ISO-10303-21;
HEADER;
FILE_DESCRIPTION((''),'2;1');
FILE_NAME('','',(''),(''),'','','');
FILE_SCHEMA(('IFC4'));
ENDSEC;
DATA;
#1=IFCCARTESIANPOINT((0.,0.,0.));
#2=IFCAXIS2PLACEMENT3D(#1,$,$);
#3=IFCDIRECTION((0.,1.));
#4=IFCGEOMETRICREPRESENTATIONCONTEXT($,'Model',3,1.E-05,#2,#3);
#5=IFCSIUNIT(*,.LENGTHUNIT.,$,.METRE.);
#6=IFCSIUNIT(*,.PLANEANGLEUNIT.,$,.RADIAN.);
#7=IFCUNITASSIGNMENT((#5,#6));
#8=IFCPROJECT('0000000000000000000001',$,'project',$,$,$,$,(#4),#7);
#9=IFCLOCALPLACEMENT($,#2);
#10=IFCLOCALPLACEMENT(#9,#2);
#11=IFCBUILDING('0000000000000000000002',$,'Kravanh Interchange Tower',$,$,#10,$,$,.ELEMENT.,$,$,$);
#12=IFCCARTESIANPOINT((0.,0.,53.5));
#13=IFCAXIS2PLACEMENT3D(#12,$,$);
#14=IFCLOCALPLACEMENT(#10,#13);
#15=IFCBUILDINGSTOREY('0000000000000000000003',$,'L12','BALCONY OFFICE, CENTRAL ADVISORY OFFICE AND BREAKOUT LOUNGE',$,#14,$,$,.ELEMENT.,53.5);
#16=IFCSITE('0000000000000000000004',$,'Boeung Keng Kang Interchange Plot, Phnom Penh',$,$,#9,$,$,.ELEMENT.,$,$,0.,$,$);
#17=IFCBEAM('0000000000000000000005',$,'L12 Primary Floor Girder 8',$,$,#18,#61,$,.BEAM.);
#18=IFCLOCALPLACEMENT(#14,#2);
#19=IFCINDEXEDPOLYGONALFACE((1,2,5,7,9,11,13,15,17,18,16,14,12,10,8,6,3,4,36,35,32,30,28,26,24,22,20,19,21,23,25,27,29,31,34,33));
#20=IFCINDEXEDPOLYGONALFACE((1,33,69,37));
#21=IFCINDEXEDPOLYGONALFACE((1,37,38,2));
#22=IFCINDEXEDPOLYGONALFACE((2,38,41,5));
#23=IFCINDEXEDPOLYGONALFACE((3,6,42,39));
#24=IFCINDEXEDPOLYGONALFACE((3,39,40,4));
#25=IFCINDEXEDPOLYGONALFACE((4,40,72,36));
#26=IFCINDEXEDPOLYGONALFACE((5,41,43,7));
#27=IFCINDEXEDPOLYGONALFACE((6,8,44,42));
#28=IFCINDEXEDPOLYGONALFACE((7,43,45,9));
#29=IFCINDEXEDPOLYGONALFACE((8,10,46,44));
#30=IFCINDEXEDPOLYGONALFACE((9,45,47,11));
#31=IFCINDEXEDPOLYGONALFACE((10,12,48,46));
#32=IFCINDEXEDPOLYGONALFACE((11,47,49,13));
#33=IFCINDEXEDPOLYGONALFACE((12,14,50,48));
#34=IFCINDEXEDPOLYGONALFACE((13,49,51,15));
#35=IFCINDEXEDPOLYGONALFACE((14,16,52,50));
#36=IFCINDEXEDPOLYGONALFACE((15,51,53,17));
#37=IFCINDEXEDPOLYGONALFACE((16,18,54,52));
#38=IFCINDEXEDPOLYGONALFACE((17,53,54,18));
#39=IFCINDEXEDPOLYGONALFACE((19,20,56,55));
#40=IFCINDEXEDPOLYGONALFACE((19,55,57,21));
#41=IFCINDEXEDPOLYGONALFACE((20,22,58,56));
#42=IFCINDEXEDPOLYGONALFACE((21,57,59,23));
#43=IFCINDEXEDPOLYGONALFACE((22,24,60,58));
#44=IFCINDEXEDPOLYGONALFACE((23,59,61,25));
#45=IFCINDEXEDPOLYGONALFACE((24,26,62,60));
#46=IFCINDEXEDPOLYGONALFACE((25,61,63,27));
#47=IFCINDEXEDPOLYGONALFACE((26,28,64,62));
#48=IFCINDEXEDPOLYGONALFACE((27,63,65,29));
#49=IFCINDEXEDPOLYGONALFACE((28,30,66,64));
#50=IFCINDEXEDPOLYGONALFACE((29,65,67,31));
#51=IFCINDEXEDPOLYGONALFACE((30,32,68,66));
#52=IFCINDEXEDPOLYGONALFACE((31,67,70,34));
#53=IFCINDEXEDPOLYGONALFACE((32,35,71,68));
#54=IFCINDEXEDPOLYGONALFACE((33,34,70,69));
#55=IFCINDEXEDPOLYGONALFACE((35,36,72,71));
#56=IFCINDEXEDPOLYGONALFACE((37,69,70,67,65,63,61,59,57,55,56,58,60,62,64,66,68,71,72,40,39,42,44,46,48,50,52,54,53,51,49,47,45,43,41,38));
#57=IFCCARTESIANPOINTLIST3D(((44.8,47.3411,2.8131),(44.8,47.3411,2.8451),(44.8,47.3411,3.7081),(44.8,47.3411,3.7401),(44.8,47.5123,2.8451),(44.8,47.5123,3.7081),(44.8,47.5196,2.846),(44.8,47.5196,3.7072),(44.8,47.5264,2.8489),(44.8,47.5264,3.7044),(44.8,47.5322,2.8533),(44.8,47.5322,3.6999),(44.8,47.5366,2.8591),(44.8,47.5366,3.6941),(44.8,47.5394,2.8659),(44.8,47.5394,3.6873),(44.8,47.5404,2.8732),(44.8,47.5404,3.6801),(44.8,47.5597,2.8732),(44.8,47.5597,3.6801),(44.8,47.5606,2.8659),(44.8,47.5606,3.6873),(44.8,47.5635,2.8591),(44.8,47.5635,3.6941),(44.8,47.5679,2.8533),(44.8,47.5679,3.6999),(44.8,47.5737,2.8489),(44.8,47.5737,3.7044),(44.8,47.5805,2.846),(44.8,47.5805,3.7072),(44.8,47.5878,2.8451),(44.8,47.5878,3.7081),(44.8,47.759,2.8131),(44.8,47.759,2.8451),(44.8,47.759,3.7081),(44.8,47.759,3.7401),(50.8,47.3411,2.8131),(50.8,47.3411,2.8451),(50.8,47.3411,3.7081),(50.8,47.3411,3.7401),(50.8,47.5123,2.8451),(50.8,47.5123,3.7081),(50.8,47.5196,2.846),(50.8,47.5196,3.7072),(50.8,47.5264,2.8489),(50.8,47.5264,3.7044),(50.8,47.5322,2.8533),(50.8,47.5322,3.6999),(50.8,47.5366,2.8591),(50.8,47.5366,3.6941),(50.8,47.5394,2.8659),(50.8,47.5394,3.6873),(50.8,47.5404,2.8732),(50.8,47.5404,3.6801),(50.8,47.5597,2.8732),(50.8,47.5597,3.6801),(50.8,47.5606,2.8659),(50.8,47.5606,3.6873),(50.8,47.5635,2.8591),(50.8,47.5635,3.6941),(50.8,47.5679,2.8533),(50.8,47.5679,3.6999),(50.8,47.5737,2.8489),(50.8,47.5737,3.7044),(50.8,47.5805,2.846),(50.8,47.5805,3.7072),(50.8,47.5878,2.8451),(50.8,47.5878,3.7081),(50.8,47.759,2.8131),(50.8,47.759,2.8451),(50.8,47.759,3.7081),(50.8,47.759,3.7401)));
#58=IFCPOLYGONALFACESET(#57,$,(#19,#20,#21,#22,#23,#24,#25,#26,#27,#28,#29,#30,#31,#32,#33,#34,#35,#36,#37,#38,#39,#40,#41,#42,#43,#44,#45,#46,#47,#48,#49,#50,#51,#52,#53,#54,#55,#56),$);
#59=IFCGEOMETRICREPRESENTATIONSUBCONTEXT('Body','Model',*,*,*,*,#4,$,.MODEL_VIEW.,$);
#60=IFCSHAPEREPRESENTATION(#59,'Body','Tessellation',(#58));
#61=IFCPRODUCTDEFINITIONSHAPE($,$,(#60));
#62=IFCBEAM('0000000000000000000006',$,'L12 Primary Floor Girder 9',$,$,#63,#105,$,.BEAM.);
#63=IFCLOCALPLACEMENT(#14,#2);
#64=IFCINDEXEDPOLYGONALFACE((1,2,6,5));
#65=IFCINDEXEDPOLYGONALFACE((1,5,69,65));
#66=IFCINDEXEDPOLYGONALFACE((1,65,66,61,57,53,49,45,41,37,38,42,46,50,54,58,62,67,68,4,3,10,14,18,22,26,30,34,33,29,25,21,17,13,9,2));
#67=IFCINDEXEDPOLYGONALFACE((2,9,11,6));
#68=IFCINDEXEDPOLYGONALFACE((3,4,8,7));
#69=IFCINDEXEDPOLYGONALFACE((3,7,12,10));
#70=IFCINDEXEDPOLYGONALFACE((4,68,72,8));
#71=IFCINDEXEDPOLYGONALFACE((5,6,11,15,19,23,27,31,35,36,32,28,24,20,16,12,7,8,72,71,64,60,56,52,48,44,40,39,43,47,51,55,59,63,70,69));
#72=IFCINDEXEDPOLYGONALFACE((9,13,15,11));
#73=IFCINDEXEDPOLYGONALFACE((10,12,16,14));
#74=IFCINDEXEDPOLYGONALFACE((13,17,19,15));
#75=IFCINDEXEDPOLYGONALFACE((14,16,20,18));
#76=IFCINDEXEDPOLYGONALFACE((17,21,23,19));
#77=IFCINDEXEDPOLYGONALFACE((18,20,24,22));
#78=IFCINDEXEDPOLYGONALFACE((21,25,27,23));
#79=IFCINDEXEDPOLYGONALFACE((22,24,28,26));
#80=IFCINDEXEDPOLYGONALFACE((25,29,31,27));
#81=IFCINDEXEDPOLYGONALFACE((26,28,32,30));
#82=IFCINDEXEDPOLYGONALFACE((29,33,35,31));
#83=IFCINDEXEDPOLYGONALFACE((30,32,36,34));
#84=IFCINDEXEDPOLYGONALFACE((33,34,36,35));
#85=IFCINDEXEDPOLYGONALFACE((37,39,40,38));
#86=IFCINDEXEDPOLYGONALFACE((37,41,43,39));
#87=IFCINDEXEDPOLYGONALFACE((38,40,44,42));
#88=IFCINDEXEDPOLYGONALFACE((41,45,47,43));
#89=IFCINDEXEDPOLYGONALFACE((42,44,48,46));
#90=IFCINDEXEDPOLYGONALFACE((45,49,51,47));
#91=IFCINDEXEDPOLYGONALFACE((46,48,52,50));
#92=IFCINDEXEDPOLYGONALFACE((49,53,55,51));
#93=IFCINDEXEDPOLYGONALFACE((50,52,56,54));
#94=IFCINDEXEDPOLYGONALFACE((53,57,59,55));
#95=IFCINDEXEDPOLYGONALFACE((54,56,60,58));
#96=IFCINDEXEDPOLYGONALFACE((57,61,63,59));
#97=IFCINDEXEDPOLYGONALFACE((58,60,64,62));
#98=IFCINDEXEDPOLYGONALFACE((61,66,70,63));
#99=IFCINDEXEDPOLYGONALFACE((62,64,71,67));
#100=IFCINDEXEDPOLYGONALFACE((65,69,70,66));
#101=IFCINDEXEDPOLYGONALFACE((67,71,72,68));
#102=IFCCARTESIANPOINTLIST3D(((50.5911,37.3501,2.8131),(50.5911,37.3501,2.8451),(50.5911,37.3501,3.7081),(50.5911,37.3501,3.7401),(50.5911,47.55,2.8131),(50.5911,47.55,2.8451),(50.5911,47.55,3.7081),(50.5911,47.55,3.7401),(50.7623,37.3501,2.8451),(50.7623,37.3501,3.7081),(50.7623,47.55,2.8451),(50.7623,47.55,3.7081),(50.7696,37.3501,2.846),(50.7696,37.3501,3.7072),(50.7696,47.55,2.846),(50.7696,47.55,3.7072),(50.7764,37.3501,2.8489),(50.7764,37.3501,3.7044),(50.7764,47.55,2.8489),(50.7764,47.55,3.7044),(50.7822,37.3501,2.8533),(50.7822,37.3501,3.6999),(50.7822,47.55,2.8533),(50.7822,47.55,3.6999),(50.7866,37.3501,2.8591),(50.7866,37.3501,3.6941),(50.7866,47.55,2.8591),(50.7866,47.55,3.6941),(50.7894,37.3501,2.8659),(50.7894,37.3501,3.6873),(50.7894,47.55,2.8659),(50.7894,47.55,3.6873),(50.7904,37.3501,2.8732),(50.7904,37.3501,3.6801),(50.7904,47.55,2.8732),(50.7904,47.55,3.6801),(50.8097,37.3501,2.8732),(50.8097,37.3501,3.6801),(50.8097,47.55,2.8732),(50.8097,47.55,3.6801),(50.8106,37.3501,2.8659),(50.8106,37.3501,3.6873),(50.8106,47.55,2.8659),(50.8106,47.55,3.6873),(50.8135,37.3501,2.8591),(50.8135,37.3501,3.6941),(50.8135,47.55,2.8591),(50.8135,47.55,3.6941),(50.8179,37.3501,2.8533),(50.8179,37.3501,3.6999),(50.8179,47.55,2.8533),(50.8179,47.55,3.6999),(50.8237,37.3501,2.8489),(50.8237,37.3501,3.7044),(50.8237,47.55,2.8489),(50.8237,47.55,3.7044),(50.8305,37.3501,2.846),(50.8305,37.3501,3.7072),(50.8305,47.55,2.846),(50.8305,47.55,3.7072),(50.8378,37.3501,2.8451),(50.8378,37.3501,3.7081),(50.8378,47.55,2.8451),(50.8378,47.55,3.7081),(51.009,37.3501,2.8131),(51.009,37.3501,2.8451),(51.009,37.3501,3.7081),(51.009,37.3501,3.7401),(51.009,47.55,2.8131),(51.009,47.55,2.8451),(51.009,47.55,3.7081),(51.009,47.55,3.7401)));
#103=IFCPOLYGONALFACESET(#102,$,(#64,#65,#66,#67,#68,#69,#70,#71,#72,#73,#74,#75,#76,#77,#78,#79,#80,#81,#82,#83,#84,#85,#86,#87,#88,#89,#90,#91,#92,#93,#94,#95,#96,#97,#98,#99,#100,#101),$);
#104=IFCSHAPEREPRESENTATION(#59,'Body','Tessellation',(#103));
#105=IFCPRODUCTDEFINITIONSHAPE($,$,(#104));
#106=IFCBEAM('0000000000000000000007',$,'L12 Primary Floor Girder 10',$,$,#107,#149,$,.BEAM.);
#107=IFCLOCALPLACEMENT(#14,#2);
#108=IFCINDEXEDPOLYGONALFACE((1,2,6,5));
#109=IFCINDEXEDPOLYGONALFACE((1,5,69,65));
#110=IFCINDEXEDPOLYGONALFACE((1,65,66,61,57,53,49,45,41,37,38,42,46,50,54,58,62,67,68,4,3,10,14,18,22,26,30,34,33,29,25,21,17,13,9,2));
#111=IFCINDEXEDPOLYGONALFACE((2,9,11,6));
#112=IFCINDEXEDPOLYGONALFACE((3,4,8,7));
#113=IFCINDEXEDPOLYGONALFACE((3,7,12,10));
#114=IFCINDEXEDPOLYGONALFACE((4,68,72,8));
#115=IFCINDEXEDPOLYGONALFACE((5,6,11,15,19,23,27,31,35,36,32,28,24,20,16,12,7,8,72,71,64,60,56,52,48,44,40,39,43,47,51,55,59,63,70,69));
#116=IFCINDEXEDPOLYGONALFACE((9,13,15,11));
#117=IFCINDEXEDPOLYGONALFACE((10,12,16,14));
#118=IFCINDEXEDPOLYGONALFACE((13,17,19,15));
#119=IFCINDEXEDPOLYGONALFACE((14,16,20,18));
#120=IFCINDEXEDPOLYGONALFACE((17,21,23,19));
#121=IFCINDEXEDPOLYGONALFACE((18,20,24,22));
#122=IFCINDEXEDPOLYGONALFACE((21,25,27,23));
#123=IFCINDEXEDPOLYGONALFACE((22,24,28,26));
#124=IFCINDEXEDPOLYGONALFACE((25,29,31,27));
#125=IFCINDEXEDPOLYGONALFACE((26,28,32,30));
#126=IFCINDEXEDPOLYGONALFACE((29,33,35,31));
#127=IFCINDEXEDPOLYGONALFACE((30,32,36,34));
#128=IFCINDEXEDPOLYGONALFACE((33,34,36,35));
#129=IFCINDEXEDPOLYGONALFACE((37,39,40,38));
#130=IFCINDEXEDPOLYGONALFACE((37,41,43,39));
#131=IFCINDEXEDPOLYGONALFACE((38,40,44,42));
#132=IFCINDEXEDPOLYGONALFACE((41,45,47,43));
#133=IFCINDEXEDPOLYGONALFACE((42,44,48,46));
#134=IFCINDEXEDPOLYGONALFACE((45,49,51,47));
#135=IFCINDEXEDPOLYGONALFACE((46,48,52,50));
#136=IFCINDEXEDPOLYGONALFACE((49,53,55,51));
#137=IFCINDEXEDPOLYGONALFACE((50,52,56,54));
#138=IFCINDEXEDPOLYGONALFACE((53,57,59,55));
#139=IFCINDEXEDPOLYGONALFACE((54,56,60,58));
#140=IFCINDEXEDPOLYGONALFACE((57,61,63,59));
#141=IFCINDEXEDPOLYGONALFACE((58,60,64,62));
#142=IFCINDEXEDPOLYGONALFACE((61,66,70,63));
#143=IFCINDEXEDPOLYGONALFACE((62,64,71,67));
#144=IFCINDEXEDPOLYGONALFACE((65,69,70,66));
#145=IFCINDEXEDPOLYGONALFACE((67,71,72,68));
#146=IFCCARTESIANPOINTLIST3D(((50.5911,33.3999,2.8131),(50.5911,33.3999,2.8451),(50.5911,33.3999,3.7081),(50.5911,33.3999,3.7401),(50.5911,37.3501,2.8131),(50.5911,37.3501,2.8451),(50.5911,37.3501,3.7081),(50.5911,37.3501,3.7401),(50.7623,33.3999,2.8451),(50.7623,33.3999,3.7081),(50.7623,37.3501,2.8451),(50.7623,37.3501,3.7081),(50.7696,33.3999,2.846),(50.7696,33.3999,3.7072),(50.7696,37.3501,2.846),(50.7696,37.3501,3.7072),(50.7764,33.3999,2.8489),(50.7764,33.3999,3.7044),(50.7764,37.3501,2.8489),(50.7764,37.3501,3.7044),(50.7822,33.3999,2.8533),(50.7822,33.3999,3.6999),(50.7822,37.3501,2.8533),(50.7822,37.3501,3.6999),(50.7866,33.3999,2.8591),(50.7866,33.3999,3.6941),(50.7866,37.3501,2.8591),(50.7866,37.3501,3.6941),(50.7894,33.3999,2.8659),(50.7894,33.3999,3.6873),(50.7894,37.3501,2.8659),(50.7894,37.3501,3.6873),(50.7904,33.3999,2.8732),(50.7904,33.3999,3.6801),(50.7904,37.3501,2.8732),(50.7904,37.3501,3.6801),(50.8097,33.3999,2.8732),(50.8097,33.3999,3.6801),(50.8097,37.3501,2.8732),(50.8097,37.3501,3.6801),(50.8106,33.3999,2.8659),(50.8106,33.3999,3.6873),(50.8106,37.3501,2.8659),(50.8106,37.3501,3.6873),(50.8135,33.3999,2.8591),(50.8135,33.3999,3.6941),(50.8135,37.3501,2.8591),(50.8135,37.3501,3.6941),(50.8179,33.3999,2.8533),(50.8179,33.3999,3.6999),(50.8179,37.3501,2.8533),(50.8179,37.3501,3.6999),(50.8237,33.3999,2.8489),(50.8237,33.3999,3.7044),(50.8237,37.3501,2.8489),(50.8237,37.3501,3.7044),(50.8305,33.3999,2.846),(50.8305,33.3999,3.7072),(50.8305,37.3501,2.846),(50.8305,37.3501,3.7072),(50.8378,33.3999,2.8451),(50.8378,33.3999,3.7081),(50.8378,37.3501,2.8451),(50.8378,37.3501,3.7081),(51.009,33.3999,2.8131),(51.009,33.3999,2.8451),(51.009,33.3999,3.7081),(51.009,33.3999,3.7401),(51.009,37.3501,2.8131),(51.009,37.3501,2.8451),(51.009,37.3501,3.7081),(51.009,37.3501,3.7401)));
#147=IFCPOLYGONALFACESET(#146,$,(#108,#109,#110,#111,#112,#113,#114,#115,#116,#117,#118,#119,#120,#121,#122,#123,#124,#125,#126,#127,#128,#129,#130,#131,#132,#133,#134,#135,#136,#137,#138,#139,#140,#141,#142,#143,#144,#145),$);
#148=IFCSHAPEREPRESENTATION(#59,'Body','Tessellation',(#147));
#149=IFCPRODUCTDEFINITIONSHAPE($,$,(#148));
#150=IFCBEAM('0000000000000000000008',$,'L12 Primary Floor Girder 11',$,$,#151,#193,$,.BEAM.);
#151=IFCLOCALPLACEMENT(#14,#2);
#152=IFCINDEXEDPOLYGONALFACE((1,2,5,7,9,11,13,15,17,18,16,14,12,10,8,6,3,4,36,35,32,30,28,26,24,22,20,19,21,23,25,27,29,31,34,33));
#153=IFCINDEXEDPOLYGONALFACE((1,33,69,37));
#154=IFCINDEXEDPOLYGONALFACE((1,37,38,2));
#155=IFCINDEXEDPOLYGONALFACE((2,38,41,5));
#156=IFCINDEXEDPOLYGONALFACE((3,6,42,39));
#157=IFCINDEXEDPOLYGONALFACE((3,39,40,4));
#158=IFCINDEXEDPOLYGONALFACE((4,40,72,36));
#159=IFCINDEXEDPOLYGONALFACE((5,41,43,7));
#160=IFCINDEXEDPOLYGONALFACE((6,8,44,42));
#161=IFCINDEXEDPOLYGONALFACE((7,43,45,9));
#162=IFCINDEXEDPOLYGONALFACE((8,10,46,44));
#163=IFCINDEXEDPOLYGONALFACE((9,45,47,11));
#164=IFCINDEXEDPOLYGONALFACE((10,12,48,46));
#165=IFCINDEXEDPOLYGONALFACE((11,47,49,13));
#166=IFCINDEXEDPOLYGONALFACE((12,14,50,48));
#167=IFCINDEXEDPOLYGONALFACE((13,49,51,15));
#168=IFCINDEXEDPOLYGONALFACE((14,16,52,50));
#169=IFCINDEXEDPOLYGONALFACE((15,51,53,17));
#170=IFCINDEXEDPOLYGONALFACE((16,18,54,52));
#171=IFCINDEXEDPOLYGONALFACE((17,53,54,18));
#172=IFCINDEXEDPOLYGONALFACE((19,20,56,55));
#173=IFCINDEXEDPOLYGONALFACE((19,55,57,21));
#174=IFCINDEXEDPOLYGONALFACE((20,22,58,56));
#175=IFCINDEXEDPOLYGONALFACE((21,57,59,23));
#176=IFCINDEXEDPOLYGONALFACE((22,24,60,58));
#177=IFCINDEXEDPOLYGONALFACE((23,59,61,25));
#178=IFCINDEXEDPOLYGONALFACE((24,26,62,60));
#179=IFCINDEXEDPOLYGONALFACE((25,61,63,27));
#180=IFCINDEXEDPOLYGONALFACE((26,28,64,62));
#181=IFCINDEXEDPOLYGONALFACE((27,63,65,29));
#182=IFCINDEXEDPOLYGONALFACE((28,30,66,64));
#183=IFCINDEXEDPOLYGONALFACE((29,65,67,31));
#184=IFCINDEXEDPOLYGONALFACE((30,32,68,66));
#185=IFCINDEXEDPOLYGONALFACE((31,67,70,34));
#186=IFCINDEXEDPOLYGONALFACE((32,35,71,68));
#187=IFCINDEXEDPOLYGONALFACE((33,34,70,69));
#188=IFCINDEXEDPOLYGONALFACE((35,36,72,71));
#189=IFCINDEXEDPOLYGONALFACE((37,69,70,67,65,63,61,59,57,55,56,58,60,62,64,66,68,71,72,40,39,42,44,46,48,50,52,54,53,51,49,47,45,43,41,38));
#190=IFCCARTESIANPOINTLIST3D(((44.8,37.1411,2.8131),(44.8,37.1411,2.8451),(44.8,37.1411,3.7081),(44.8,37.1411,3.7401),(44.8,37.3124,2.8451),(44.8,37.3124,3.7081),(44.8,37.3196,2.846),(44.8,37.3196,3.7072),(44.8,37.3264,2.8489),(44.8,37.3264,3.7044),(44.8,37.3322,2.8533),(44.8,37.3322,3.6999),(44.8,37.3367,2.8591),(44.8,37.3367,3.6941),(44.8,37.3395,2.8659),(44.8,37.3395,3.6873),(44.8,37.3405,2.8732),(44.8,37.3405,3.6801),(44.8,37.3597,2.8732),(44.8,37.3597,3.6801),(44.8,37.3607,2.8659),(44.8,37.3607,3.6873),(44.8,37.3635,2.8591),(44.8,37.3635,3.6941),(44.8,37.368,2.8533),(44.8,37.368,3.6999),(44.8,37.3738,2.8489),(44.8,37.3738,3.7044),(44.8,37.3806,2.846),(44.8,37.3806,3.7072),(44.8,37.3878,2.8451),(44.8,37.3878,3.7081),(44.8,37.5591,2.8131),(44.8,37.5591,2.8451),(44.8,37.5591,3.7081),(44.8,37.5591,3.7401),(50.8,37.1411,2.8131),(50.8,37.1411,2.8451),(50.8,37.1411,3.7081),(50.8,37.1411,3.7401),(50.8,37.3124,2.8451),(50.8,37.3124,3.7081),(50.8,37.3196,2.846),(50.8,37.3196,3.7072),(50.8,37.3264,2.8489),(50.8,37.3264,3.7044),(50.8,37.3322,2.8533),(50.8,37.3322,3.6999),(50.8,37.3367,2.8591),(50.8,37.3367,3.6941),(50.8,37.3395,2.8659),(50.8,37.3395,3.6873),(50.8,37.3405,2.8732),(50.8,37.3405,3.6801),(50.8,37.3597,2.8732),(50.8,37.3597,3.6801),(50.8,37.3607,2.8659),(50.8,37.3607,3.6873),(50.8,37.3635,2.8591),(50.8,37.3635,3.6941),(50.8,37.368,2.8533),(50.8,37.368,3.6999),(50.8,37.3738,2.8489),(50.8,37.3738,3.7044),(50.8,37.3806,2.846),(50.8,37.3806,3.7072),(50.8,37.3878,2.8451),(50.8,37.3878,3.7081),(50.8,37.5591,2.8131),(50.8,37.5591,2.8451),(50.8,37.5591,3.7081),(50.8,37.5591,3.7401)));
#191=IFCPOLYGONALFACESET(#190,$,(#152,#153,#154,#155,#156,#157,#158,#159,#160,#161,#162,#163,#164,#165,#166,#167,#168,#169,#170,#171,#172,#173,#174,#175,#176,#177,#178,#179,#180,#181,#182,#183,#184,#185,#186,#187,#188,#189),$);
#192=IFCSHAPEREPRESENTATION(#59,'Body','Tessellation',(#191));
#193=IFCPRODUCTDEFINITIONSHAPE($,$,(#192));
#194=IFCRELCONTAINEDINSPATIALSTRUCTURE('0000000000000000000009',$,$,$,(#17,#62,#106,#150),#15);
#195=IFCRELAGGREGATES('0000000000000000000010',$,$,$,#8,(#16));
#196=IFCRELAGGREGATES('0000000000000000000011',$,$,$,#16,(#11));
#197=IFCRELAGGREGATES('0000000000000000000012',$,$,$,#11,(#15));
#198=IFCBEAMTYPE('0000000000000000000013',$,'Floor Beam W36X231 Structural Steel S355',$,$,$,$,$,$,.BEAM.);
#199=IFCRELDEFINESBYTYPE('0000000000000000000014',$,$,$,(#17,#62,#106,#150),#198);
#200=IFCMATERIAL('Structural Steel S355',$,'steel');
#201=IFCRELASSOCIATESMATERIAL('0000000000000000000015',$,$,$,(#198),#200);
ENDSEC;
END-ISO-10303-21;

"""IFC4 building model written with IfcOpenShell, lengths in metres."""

from ifc_helpers import new_model, si_unit, direction, frame, origin, origin_2d, place, context, subcontext, project, spatial, i_section, extrude, material, material_profile, profile_set, type_object, element, save


model = new_model("IFC4")

# Units and contexts
model_context = context("Model", 3, precision=1e-05, world=origin(), true_north=direction((0.0, 1.0)))
body_context = subcontext(model_context, "Body", "Model", "MODEL_VIEW")
ifc_project = project(units=[si_unit("LENGTHUNIT", "METRE"), si_unit("PLANEANGLEUNIT", "RADIAN")], contexts=[model_context])

# Site, building, storey
site_placement = place(None, origin())
site = spatial("IfcSite", under=ifc_project, at=site_placement, Name="Boeung Keng Kang Interchange Plot, Phnom Penh", CompositionType="ELEMENT", RefElevation=0.0)
building_placement = place(site_placement, origin())
building = spatial("IfcBuilding", under=site, at=building_placement, Name="Kravanh Interchange Tower", CompositionType="ELEMENT")
storey_placement = place(building_placement, frame((0.0, 0.0, 53.5)))
storey = spatial("IfcBuildingStorey", under=building, at=storey_placement, Name="L12", Description="BALCONY OFFICE, CENTRAL ADVISORY OFFICE AND BREAKOUT LOUNGE", CompositionType="ELEMENT", Elevation=53.5)

# Beams
ifc_material_1 = material(Name="Structural Steel S355", Category="steel")
ifc_material_profile_1 = material_profile(ifc_material_1, i_section(OverallWidth=0.418, OverallDepth=0.927, WebThickness=0.0193, FlangeThickness=0.032, FilletRadius=0.0281, at=origin_2d()), Name="W36X231")
ifc_profile_set_1 = profile_set([ifc_material_profile_1], Name="Structural Steel S355")
beam_type_1 = type_object("IfcBeamType", Name="Floor Beam W36X231 Structural Steel S355", PredefinedType="BEAM", material=ifc_profile_set_1)
beam_1_placement = place(storey_placement, frame((50.8, 47.55, 3.2766), z_axis=(-1.0, 0.0, 0.0), x_axis=(0.0, -1.0, 0.0)))
element("IfcBeam", 1, at=beam_1_placement, inside=storey, type_object=beam_type_1, Name="L12 Primary Floor Girder 8", PredefinedType="BEAM", context=body_context, shape_type="SweptSolid", body=[
    extrude(i_section(OverallWidth=0.418, OverallDepth=0.927, WebThickness=0.0193, FlangeThickness=0.032, FilletRadius=0.0281, at=origin_2d()), origin(), (0.0, 0.0, 1.0), 6.0),
])
beam_2_placement = place(storey_placement, frame((50.8, 47.55, 3.2766), z_axis=(0.0, -1.0, 0.0), x_axis=(1.0, 0.0, 0.0)))
element("IfcBeam", 2, at=beam_2_placement, inside=storey, type_object=beam_type_1, Name="L12 Primary Floor Girder 9", PredefinedType="BEAM", context=body_context, shape_type="SweptSolid", body=[
    extrude(i_section(OverallWidth=0.418, OverallDepth=0.927, WebThickness=0.0193, FlangeThickness=0.032, FilletRadius=0.0281, at=origin_2d()), origin(), (0.0, 0.0, 1.0), 10.2),
])
beam_3_placement = place(storey_placement, frame((50.8, 37.3501, 3.2766), z_axis=(0.0, -1.0, 0.0), x_axis=(1.0, 0.0, 0.0)))
element("IfcBeam", 3, at=beam_3_placement, inside=storey, type_object=beam_type_1, Name="L12 Primary Floor Girder 10", PredefinedType="BEAM", context=body_context, shape_type="SweptSolid", body=[
    extrude(i_section(OverallWidth=0.418, OverallDepth=0.927, WebThickness=0.0193, FlangeThickness=0.032, FilletRadius=0.0281, at=origin_2d()), origin(), (0.0, 0.0, 1.0), 3.9502),
])
beam_4_placement = place(storey_placement, frame((50.8, 37.3501, 3.2766), z_axis=(-1.0, 0.0, 0.0), x_axis=(0.0, -1.0, 0.0)))
element("IfcBeam", 4, at=beam_4_placement, inside=storey, type_object=beam_type_1, Name="L12 Primary Floor Girder 11", PredefinedType="BEAM", context=body_context, shape_type="SweptSolid", body=[
    extrude(i_section(OverallWidth=0.418, OverallDepth=0.927, WebThickness=0.0193, FlangeThickness=0.032, FilletRadius=0.0281, at=origin_2d()), origin(), (0.0, 0.0, 1.0), 6.0),
])

save(model, "model.ifc")
